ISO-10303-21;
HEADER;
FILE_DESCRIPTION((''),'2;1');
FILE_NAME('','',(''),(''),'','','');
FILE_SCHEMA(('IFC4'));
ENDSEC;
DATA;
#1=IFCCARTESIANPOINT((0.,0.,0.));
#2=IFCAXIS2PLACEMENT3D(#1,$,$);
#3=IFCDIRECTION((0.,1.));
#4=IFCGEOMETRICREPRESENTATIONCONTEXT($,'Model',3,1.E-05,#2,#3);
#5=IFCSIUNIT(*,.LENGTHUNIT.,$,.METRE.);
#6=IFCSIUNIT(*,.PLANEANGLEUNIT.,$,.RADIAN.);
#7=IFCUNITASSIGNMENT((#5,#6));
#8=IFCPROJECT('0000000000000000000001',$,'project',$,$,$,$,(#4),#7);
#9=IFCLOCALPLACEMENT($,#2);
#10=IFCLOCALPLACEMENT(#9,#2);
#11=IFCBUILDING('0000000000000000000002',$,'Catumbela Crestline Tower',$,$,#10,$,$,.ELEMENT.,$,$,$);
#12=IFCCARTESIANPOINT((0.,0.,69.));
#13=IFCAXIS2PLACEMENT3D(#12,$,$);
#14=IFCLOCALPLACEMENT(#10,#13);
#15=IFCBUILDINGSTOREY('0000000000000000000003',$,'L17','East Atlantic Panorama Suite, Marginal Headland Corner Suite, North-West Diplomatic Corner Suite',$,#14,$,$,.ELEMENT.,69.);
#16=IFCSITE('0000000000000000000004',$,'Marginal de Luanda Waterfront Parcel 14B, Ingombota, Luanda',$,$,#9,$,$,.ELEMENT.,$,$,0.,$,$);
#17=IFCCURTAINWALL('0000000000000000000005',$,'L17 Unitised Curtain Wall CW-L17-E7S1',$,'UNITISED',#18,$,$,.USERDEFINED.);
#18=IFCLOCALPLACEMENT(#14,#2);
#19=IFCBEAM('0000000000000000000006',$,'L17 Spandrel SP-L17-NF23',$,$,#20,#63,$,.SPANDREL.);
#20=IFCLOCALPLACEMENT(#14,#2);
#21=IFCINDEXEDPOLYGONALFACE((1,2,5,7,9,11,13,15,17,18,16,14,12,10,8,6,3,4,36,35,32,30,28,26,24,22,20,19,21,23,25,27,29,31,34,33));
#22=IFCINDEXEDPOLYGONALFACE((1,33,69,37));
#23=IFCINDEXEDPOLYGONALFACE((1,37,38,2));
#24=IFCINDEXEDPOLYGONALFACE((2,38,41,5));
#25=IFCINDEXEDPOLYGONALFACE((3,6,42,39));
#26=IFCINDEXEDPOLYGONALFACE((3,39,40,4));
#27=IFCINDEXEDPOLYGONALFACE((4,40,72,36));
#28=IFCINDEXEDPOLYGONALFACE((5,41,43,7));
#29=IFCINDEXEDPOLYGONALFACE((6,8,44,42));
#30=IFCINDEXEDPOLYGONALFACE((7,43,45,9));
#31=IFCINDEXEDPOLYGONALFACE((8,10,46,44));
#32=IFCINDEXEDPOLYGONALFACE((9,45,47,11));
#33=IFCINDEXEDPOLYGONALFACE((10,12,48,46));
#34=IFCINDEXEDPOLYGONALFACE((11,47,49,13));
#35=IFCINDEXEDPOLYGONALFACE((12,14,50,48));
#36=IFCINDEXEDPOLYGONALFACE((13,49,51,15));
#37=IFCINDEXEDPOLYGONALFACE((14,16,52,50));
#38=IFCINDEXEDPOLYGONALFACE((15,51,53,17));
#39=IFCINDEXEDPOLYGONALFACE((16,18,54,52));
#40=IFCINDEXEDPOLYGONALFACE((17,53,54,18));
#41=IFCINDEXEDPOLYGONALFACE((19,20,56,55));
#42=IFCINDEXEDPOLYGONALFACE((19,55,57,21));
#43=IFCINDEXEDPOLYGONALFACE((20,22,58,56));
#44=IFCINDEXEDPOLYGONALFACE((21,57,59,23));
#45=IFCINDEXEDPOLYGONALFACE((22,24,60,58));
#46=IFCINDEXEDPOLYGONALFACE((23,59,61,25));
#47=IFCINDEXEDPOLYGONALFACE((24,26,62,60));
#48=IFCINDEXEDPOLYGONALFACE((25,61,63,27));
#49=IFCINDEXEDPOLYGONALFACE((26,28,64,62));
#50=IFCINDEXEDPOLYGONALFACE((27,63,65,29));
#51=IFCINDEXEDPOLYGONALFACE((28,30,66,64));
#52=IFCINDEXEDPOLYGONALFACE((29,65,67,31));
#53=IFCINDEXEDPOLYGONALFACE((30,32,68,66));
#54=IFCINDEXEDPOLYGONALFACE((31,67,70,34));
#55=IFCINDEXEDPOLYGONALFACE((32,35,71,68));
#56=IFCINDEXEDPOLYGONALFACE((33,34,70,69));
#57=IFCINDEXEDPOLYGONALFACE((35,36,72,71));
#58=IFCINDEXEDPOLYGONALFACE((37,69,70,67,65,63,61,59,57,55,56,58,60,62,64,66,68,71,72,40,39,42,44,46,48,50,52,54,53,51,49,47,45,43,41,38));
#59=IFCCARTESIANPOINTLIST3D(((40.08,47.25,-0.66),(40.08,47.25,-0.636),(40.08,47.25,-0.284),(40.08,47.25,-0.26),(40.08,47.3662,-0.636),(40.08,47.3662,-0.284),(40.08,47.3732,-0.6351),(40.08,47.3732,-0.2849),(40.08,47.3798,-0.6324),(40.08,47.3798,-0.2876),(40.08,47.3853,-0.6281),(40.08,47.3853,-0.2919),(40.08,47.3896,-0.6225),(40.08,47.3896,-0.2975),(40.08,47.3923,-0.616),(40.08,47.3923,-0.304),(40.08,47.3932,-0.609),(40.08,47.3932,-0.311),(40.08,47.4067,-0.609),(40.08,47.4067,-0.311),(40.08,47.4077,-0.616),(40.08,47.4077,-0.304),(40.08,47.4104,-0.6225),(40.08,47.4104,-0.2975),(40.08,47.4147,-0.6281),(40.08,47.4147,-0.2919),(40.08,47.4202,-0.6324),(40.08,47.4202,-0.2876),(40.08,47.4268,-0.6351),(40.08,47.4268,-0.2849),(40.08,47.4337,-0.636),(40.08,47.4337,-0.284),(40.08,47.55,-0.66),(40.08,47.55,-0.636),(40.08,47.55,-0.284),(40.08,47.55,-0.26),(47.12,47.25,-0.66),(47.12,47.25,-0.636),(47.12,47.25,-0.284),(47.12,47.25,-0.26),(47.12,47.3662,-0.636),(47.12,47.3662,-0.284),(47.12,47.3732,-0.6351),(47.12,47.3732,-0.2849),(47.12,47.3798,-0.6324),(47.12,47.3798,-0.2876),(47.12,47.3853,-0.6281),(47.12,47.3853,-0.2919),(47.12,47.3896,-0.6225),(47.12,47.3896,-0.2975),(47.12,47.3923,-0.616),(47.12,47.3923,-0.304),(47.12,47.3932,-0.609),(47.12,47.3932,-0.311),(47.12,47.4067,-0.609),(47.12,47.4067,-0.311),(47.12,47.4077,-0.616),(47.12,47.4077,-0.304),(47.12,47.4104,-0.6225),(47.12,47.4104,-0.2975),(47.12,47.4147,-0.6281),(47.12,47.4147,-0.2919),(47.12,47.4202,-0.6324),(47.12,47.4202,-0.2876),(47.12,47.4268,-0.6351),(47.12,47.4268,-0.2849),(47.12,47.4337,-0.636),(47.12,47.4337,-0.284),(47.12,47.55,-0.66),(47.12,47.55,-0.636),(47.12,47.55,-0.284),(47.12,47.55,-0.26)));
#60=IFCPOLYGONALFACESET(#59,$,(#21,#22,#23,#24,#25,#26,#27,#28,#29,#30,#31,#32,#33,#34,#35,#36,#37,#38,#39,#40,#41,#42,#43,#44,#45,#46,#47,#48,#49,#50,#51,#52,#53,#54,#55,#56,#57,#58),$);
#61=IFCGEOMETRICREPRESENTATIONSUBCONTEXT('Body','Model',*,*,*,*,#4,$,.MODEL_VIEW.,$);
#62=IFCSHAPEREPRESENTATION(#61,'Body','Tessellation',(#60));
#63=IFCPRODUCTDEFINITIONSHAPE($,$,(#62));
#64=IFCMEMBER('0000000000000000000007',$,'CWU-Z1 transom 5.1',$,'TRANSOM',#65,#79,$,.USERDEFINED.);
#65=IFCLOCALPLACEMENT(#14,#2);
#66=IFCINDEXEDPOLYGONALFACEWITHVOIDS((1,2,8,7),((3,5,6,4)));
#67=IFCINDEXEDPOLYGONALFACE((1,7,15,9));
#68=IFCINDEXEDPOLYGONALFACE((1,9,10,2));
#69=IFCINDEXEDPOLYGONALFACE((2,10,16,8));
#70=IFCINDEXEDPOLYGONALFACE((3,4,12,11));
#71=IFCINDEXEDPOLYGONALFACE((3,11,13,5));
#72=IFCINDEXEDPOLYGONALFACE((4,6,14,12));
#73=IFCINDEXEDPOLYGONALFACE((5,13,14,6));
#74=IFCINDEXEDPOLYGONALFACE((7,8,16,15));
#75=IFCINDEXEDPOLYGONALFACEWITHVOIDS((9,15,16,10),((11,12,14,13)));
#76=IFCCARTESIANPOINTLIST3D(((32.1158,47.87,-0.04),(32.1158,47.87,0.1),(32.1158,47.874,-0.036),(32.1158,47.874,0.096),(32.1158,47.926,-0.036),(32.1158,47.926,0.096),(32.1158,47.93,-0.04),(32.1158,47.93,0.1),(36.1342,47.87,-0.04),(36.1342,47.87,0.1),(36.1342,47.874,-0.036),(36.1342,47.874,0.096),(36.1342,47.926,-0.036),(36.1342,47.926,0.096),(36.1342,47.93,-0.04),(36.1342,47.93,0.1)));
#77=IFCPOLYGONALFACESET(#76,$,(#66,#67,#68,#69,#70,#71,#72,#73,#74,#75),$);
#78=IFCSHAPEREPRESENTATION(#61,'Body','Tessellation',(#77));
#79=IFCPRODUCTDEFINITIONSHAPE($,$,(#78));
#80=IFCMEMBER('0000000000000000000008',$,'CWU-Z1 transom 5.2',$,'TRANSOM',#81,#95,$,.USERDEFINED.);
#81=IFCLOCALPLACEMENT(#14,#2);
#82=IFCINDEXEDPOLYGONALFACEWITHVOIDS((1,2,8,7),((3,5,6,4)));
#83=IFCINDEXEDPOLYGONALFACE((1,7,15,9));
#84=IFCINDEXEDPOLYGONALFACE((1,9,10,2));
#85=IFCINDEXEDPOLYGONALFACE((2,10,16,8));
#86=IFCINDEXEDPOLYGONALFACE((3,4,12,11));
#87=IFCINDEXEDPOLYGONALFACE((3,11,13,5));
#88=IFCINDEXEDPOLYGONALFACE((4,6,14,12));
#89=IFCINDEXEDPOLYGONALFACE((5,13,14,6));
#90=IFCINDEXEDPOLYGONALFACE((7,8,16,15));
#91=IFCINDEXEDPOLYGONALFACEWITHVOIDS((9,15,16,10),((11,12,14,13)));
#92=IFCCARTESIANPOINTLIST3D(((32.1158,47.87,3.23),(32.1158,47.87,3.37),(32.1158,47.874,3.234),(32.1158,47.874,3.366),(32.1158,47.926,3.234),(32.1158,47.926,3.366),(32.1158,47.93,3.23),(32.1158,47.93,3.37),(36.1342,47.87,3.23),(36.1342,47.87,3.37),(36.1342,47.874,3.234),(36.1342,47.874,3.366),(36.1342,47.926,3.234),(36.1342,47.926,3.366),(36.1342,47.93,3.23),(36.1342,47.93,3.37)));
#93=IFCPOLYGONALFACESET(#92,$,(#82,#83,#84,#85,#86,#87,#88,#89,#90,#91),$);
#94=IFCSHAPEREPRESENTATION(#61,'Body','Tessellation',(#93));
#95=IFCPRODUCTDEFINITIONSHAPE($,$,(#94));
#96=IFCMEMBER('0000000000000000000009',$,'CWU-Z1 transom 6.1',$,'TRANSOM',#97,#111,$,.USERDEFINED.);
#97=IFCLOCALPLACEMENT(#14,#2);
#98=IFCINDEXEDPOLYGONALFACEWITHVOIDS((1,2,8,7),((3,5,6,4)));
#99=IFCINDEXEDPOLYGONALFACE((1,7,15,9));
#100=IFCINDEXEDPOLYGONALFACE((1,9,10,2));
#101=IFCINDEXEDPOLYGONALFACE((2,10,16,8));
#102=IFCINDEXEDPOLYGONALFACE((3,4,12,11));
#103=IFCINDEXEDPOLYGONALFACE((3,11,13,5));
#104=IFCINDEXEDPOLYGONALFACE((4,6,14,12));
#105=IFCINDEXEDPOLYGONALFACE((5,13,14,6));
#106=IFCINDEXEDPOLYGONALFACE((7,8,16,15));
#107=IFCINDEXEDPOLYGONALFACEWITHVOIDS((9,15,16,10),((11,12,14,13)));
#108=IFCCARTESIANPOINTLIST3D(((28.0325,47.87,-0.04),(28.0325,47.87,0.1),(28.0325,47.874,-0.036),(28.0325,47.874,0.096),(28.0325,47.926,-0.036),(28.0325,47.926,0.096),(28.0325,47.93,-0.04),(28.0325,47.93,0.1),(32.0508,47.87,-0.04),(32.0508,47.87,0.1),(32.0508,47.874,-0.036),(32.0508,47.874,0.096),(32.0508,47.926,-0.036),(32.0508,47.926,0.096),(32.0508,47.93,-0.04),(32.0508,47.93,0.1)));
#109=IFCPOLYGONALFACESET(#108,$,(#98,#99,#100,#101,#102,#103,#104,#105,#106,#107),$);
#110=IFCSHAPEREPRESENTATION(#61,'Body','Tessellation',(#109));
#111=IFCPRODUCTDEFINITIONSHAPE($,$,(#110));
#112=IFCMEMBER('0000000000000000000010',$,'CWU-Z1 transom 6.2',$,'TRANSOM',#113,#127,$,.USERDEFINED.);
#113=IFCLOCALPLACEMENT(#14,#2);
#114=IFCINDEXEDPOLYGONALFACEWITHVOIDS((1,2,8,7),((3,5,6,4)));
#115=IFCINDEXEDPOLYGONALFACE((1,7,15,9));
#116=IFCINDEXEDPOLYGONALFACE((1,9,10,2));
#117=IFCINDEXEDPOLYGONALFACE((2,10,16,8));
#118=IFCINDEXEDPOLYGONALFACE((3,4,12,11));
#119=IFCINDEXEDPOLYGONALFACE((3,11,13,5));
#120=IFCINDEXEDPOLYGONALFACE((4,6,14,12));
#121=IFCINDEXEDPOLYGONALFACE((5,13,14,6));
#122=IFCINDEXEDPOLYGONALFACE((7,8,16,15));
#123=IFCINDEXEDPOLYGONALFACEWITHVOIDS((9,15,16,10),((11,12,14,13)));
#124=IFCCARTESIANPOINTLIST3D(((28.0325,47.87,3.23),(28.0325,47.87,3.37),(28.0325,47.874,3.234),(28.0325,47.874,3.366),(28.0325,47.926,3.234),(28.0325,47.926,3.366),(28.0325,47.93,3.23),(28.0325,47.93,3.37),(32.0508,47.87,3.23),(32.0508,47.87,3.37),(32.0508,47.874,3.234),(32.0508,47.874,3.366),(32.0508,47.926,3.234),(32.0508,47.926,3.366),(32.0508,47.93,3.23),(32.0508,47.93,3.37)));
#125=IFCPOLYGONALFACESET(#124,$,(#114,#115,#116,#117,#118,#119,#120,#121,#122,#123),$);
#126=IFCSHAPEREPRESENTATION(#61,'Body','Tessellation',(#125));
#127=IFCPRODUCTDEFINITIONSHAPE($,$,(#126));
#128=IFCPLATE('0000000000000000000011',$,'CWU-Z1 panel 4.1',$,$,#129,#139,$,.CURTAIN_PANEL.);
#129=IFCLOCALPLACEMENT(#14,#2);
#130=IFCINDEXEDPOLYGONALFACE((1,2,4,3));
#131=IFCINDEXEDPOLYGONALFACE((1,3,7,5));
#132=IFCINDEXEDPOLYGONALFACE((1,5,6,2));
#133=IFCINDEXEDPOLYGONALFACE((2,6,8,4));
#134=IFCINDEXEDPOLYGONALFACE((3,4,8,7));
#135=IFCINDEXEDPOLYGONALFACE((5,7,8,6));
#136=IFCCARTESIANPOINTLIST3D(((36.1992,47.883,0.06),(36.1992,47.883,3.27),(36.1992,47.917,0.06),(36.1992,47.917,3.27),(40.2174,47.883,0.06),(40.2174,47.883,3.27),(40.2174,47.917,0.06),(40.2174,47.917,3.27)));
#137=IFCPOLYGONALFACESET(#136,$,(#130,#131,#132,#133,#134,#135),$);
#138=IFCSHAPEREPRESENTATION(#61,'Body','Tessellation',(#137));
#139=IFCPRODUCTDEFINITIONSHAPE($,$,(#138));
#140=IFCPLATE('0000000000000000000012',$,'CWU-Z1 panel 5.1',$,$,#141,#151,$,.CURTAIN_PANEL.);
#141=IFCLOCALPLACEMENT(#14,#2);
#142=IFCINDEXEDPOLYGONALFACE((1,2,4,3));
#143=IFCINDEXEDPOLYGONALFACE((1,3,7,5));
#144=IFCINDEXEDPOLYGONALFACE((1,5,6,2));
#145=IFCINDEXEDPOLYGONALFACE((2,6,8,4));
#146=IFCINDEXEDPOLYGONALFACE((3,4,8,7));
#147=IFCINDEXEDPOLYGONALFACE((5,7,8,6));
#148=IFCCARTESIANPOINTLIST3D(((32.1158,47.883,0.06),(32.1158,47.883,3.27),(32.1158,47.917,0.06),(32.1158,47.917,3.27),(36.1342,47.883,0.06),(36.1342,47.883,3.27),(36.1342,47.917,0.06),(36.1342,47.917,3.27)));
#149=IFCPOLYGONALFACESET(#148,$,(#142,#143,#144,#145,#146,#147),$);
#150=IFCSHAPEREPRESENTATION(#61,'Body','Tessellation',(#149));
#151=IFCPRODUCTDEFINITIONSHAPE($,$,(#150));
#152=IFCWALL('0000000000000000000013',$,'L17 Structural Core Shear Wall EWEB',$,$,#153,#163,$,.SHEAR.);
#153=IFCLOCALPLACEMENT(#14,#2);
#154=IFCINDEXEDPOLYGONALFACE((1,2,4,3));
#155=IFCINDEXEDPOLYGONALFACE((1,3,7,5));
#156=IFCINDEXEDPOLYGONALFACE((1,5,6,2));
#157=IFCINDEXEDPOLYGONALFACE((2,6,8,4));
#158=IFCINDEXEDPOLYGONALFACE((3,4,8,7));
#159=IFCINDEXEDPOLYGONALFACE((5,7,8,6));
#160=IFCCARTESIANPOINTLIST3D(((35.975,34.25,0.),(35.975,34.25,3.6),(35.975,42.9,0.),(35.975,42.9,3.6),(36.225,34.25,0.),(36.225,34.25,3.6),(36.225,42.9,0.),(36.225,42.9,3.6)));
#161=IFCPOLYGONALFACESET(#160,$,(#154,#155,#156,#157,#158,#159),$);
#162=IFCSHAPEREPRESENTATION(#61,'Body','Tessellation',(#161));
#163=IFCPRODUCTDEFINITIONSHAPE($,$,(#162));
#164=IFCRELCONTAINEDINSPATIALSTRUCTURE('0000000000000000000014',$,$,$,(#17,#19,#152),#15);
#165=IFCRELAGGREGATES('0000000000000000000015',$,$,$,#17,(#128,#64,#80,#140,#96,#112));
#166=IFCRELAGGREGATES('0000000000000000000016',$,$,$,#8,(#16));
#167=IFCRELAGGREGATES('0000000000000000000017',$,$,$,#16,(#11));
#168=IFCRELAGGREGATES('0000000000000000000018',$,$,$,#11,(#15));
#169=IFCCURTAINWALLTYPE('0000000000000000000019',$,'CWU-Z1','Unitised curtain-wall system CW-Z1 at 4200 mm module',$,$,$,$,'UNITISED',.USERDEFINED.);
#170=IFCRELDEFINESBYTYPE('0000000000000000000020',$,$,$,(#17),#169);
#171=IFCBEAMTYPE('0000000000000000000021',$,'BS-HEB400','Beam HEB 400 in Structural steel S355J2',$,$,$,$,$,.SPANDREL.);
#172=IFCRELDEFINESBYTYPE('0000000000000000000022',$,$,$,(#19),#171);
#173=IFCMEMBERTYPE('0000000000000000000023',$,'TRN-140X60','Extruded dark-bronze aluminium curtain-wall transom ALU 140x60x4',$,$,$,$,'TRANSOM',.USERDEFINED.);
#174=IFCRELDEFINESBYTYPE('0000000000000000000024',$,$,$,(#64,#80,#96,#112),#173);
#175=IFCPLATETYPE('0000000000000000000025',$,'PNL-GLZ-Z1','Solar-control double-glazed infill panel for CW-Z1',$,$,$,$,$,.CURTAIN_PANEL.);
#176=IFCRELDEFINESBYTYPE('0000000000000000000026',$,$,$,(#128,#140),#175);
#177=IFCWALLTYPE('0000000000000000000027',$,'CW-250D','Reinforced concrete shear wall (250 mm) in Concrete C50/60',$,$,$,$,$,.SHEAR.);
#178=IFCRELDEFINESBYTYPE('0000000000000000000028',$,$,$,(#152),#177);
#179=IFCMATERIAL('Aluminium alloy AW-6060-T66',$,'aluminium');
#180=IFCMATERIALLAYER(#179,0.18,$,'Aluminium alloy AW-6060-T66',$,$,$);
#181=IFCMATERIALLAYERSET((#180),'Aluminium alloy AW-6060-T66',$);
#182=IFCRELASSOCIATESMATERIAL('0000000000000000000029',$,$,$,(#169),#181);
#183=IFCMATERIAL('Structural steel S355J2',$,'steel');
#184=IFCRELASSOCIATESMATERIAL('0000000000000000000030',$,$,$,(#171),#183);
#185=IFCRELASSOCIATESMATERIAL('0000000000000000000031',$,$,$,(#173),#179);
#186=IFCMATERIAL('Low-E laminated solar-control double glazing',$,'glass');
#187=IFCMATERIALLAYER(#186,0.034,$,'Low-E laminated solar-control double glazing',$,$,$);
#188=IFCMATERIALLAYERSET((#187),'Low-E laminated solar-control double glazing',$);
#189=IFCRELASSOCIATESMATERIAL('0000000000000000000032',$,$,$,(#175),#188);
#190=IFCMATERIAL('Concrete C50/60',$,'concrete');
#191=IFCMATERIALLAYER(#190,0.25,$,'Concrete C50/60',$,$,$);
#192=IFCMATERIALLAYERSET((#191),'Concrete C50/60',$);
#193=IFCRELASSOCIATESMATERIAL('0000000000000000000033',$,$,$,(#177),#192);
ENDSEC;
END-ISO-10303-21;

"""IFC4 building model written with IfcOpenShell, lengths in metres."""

from ifc_helpers import new_model, si_unit, direction, frame, frame_2d, origin, origin_2d, place, context, subcontext, project, spatial, rectangle, hollow_rectangle, i_section, extrude, material, layer, layer_set, material_profile, profile_set, type_object, element, aggregate, save


model = new_model("IFC4")

# Units and contexts
model_context = context("Model", 3, precision=1e-05, world=origin(), true_north=direction((0.0, 1.0)))
body_context = subcontext(model_context, "Body", "Model", "MODEL_VIEW")
ifc_project = project(units=[si_unit("LENGTHUNIT", "METRE"), si_unit("PLANEANGLEUNIT", "RADIAN")], contexts=[model_context])

# Site, building, storey
site_placement = place(None, origin())
site = spatial("IfcSite", under=ifc_project, at=site_placement, Name="Marginal de Luanda Waterfront Parcel 14B, Ingombota, Luanda", CompositionType="ELEMENT", RefElevation=0.0)
building_placement = place(site_placement, origin())
building = spatial("IfcBuilding", under=site, at=building_placement, Name="Catumbela Crestline Tower", CompositionType="ELEMENT")
storey_placement = place(building_placement, frame((0.0, 0.0, 69.0)))
storey = spatial("IfcBuildingStorey", under=building, at=storey_placement, Name="L17", Description="East Atlantic Panorama Suite, Marginal Headland Corner Suite, North-West Diplomatic Corner Suite", CompositionType="ELEMENT", Elevation=69.0)

# Curtain wall
ifc_material_1 = material(Name="Aluminium alloy AW-6060-T66", Category="aluminium")
ifc_layer_1 = layer(ifc_material_1, 0.18, Name="Aluminium alloy AW-6060-T66")
ifc_layer_set_1 = layer_set([ifc_layer_1], Name="Aluminium alloy AW-6060-T66")
curtain_wall_type = type_object("IfcCurtainWallType", Name="CWU-Z1", Description="Unitised curtain-wall system CW-Z1 at 4200 mm module", ElementType="UNITISED", PredefinedType="USERDEFINED", material=ifc_layer_set_1)
curtain_wall_placement = place(storey_placement, origin())
curtain_wall = element("IfcCurtainWall", 1, at=curtain_wall_placement, inside=storey, type_object=curtain_wall_type, Name="L17 Unitised Curtain Wall CW-L17-E7S1", ObjectType="UNITISED", PredefinedType="USERDEFINED")

# Beam
ifc_material_2 = material(Name="Structural steel S355J2", Category="steel")
ifc_material_profile_1 = material_profile(ifc_material_2, i_section(OverallWidth=0.3, OverallDepth=0.4, WebThickness=0.0135, FlangeThickness=0.024, FilletRadius=0.027, at=origin_2d()), Name="HEB 400")
ifc_profile_set_1 = profile_set([ifc_material_profile_1], Name="Structural steel S355J2")
beam_type = type_object("IfcBeamType", Name="BS-HEB400", Description="Beam HEB 400 in Structural steel S355J2", PredefinedType="SPANDREL", material=ifc_profile_set_1)
beam_1_placement = place(storey_placement, frame((40.08, 47.4, -0.46), z_axis=(1.0, 0.0, 0.0), x_axis=(0.0, 1.0, 0.0)))
element("IfcBeam", 2, at=beam_1_placement, inside=storey, type_object=beam_type, Name="L17 Spandrel SP-L17-NF23", PredefinedType="SPANDREL", context=body_context, shape_type="SweptSolid", body=[
    extrude(i_section(OverallWidth=0.3, OverallDepth=0.4, WebThickness=0.0135, FlangeThickness=0.024, FilletRadius=0.027, at=origin_2d()), origin(), (0.0, 0.0, 1.0), 7.04),
])

# Members
ifc_material_profile_2 = material_profile(ifc_material_1, hollow_rectangle(XDim=0.06, YDim=0.14, WallThickness=0.004, at=origin_2d()), Name="ALU 140x60x4")
ifc_profile_set_2 = profile_set([ifc_material_profile_2], Name="Aluminium alloy AW-6060-T66")
member_type_1 = type_object("IfcMemberType", Name="TRN-140X60", Description="Extruded dark-bronze aluminium curtain-wall transom ALU 140x60x4", ElementType="TRANSOM", PredefinedType="USERDEFINED", material=ifc_profile_set_2)
member_1_placement = place(storey_placement, frame((36.1342, 47.9, 0.03), z_axis=(-1.0, 0.0, 0.0), x_axis=(0.0, -1.0, 0.0)))
member_1 = element("IfcMember", 3, at=member_1_placement, type_object=member_type_1, Name="CWU-Z1 transom 5.1", ObjectType="TRANSOM", PredefinedType="USERDEFINED", context=body_context, shape_type="SweptSolid", body=[
    extrude(hollow_rectangle(XDim=0.06, YDim=0.14, WallThickness=0.004, at=origin_2d()), origin(), (0.0, 0.0, 1.0), 4.0184),
])
member_2_placement = place(storey_placement, frame((36.1342, 47.9, 3.3), z_axis=(-1.0, 0.0, 0.0), x_axis=(0.0, -1.0, 0.0)))
member_2 = element("IfcMember", 4, at=member_2_placement, type_object=member_type_1, Name="CWU-Z1 transom 5.2", ObjectType="TRANSOM", PredefinedType="USERDEFINED", context=body_context, shape_type="SweptSolid", body=[
    extrude(hollow_rectangle(XDim=0.06, YDim=0.14, WallThickness=0.004, at=origin_2d()), origin(), (0.0, 0.0, 1.0), 4.0184),
])
member_3_placement = place(storey_placement, frame((32.0508, 47.9, 0.03), z_axis=(-1.0, 0.0, 0.0), x_axis=(0.0, -1.0, 0.0)))
member_3 = element("IfcMember", 5, at=member_3_placement, type_object=member_type_1, Name="CWU-Z1 transom 6.1", ObjectType="TRANSOM", PredefinedType="USERDEFINED", context=body_context, shape_type="SweptSolid", body=[
    extrude(hollow_rectangle(XDim=0.06, YDim=0.14, WallThickness=0.004, at=origin_2d()), origin(), (0.0, 0.0, 1.0), 4.0183),
])
member_4_placement = place(storey_placement, frame((32.0508, 47.9, 3.3), z_axis=(-1.0, 0.0, 0.0), x_axis=(0.0, -1.0, 0.0)))
member_4 = element("IfcMember", 6, at=member_4_placement, type_object=member_type_1, Name="CWU-Z1 transom 6.2", ObjectType="TRANSOM", PredefinedType="USERDEFINED", context=body_context, shape_type="SweptSolid", body=[
    extrude(hollow_rectangle(XDim=0.06, YDim=0.14, WallThickness=0.004, at=origin_2d()), origin(), (0.0, 0.0, 1.0), 4.0183),
])

# Plates
ifc_material_3 = material(Name="Low-E laminated solar-control double glazing", Category="glass")
ifc_layer_2 = layer(ifc_material_3, 0.034, Name="Low-E laminated solar-control double glazing")
ifc_layer_set_2 = layer_set([ifc_layer_2], Name="Low-E laminated solar-control double glazing")
plate_type = type_object("IfcPlateType", Name="PNL-GLZ-Z1", Description="Solar-control double-glazed infill panel for CW-Z1", PredefinedType="CURTAIN_PANEL", material=ifc_layer_set_2)
plate_1_placement = place(storey_placement, frame((38.2083, 47.9, 0.06), z_axis=(0.0, 0.0, 1.0), x_axis=(-1.0, 0.0, 0.0)))
plate_1 = element("IfcPlate", 7, at=plate_1_placement, type_object=plate_type, Name="CWU-Z1 panel 4.1", PredefinedType="CURTAIN_PANEL", context=body_context, shape_type="SweptSolid", body=[
    extrude(rectangle(XDim=4.0183, YDim=0.034, at=origin_2d()), origin(), (0.0, 0.0, 1.0), 3.21),
])
plate_2_placement = place(storey_placement, frame((34.125, 47.9, 0.06), z_axis=(0.0, 0.0, 1.0), x_axis=(-1.0, 0.0, 0.0)))
plate_2 = element("IfcPlate", 8, at=plate_2_placement, type_object=plate_type, Name="CWU-Z1 panel 5.1", PredefinedType="CURTAIN_PANEL", context=body_context, shape_type="SweptSolid", body=[
    extrude(rectangle(XDim=4.0183, YDim=0.034, at=origin_2d()), origin(), (0.0, 0.0, 1.0), 3.21),
])
aggregate(curtain_wall, [plate_1, member_1, member_2, plate_2, member_3, member_4])

# Wall
ifc_material_4 = material(Name="Concrete C50/60", Category="concrete")
ifc_layer_3 = layer(ifc_material_4, 0.25, Name="Concrete C50/60")
ifc_layer_set_3 = layer_set([ifc_layer_3], Name="Concrete C50/60")
wall_type_1 = type_object("IfcWallType", Name="CW-250D", Description="Reinforced concrete shear wall (250 mm) in Concrete C50/60", PredefinedType="SHEAR", material=ifc_layer_set_3)
wall_1_placement = place(storey_placement, frame((36.1, 34.25, 0.0), z_axis=(0.0, 0.0, 1.0), x_axis=(0.0, 1.0, 0.0)))
element("IfcWall", 9, at=wall_1_placement, inside=storey, type_object=wall_type_1, Name="L17 Structural Core Shear Wall EWEB", PredefinedType="SHEAR", context=body_context, shape_type="SweptSolid", body=[
    extrude(rectangle(XDim=8.65, YDim=0.25, at=frame_2d((4.325, 0.0))), origin(), (0.0, 0.0, 1.0), 3.6),
])

save(model, "model.ifc")
